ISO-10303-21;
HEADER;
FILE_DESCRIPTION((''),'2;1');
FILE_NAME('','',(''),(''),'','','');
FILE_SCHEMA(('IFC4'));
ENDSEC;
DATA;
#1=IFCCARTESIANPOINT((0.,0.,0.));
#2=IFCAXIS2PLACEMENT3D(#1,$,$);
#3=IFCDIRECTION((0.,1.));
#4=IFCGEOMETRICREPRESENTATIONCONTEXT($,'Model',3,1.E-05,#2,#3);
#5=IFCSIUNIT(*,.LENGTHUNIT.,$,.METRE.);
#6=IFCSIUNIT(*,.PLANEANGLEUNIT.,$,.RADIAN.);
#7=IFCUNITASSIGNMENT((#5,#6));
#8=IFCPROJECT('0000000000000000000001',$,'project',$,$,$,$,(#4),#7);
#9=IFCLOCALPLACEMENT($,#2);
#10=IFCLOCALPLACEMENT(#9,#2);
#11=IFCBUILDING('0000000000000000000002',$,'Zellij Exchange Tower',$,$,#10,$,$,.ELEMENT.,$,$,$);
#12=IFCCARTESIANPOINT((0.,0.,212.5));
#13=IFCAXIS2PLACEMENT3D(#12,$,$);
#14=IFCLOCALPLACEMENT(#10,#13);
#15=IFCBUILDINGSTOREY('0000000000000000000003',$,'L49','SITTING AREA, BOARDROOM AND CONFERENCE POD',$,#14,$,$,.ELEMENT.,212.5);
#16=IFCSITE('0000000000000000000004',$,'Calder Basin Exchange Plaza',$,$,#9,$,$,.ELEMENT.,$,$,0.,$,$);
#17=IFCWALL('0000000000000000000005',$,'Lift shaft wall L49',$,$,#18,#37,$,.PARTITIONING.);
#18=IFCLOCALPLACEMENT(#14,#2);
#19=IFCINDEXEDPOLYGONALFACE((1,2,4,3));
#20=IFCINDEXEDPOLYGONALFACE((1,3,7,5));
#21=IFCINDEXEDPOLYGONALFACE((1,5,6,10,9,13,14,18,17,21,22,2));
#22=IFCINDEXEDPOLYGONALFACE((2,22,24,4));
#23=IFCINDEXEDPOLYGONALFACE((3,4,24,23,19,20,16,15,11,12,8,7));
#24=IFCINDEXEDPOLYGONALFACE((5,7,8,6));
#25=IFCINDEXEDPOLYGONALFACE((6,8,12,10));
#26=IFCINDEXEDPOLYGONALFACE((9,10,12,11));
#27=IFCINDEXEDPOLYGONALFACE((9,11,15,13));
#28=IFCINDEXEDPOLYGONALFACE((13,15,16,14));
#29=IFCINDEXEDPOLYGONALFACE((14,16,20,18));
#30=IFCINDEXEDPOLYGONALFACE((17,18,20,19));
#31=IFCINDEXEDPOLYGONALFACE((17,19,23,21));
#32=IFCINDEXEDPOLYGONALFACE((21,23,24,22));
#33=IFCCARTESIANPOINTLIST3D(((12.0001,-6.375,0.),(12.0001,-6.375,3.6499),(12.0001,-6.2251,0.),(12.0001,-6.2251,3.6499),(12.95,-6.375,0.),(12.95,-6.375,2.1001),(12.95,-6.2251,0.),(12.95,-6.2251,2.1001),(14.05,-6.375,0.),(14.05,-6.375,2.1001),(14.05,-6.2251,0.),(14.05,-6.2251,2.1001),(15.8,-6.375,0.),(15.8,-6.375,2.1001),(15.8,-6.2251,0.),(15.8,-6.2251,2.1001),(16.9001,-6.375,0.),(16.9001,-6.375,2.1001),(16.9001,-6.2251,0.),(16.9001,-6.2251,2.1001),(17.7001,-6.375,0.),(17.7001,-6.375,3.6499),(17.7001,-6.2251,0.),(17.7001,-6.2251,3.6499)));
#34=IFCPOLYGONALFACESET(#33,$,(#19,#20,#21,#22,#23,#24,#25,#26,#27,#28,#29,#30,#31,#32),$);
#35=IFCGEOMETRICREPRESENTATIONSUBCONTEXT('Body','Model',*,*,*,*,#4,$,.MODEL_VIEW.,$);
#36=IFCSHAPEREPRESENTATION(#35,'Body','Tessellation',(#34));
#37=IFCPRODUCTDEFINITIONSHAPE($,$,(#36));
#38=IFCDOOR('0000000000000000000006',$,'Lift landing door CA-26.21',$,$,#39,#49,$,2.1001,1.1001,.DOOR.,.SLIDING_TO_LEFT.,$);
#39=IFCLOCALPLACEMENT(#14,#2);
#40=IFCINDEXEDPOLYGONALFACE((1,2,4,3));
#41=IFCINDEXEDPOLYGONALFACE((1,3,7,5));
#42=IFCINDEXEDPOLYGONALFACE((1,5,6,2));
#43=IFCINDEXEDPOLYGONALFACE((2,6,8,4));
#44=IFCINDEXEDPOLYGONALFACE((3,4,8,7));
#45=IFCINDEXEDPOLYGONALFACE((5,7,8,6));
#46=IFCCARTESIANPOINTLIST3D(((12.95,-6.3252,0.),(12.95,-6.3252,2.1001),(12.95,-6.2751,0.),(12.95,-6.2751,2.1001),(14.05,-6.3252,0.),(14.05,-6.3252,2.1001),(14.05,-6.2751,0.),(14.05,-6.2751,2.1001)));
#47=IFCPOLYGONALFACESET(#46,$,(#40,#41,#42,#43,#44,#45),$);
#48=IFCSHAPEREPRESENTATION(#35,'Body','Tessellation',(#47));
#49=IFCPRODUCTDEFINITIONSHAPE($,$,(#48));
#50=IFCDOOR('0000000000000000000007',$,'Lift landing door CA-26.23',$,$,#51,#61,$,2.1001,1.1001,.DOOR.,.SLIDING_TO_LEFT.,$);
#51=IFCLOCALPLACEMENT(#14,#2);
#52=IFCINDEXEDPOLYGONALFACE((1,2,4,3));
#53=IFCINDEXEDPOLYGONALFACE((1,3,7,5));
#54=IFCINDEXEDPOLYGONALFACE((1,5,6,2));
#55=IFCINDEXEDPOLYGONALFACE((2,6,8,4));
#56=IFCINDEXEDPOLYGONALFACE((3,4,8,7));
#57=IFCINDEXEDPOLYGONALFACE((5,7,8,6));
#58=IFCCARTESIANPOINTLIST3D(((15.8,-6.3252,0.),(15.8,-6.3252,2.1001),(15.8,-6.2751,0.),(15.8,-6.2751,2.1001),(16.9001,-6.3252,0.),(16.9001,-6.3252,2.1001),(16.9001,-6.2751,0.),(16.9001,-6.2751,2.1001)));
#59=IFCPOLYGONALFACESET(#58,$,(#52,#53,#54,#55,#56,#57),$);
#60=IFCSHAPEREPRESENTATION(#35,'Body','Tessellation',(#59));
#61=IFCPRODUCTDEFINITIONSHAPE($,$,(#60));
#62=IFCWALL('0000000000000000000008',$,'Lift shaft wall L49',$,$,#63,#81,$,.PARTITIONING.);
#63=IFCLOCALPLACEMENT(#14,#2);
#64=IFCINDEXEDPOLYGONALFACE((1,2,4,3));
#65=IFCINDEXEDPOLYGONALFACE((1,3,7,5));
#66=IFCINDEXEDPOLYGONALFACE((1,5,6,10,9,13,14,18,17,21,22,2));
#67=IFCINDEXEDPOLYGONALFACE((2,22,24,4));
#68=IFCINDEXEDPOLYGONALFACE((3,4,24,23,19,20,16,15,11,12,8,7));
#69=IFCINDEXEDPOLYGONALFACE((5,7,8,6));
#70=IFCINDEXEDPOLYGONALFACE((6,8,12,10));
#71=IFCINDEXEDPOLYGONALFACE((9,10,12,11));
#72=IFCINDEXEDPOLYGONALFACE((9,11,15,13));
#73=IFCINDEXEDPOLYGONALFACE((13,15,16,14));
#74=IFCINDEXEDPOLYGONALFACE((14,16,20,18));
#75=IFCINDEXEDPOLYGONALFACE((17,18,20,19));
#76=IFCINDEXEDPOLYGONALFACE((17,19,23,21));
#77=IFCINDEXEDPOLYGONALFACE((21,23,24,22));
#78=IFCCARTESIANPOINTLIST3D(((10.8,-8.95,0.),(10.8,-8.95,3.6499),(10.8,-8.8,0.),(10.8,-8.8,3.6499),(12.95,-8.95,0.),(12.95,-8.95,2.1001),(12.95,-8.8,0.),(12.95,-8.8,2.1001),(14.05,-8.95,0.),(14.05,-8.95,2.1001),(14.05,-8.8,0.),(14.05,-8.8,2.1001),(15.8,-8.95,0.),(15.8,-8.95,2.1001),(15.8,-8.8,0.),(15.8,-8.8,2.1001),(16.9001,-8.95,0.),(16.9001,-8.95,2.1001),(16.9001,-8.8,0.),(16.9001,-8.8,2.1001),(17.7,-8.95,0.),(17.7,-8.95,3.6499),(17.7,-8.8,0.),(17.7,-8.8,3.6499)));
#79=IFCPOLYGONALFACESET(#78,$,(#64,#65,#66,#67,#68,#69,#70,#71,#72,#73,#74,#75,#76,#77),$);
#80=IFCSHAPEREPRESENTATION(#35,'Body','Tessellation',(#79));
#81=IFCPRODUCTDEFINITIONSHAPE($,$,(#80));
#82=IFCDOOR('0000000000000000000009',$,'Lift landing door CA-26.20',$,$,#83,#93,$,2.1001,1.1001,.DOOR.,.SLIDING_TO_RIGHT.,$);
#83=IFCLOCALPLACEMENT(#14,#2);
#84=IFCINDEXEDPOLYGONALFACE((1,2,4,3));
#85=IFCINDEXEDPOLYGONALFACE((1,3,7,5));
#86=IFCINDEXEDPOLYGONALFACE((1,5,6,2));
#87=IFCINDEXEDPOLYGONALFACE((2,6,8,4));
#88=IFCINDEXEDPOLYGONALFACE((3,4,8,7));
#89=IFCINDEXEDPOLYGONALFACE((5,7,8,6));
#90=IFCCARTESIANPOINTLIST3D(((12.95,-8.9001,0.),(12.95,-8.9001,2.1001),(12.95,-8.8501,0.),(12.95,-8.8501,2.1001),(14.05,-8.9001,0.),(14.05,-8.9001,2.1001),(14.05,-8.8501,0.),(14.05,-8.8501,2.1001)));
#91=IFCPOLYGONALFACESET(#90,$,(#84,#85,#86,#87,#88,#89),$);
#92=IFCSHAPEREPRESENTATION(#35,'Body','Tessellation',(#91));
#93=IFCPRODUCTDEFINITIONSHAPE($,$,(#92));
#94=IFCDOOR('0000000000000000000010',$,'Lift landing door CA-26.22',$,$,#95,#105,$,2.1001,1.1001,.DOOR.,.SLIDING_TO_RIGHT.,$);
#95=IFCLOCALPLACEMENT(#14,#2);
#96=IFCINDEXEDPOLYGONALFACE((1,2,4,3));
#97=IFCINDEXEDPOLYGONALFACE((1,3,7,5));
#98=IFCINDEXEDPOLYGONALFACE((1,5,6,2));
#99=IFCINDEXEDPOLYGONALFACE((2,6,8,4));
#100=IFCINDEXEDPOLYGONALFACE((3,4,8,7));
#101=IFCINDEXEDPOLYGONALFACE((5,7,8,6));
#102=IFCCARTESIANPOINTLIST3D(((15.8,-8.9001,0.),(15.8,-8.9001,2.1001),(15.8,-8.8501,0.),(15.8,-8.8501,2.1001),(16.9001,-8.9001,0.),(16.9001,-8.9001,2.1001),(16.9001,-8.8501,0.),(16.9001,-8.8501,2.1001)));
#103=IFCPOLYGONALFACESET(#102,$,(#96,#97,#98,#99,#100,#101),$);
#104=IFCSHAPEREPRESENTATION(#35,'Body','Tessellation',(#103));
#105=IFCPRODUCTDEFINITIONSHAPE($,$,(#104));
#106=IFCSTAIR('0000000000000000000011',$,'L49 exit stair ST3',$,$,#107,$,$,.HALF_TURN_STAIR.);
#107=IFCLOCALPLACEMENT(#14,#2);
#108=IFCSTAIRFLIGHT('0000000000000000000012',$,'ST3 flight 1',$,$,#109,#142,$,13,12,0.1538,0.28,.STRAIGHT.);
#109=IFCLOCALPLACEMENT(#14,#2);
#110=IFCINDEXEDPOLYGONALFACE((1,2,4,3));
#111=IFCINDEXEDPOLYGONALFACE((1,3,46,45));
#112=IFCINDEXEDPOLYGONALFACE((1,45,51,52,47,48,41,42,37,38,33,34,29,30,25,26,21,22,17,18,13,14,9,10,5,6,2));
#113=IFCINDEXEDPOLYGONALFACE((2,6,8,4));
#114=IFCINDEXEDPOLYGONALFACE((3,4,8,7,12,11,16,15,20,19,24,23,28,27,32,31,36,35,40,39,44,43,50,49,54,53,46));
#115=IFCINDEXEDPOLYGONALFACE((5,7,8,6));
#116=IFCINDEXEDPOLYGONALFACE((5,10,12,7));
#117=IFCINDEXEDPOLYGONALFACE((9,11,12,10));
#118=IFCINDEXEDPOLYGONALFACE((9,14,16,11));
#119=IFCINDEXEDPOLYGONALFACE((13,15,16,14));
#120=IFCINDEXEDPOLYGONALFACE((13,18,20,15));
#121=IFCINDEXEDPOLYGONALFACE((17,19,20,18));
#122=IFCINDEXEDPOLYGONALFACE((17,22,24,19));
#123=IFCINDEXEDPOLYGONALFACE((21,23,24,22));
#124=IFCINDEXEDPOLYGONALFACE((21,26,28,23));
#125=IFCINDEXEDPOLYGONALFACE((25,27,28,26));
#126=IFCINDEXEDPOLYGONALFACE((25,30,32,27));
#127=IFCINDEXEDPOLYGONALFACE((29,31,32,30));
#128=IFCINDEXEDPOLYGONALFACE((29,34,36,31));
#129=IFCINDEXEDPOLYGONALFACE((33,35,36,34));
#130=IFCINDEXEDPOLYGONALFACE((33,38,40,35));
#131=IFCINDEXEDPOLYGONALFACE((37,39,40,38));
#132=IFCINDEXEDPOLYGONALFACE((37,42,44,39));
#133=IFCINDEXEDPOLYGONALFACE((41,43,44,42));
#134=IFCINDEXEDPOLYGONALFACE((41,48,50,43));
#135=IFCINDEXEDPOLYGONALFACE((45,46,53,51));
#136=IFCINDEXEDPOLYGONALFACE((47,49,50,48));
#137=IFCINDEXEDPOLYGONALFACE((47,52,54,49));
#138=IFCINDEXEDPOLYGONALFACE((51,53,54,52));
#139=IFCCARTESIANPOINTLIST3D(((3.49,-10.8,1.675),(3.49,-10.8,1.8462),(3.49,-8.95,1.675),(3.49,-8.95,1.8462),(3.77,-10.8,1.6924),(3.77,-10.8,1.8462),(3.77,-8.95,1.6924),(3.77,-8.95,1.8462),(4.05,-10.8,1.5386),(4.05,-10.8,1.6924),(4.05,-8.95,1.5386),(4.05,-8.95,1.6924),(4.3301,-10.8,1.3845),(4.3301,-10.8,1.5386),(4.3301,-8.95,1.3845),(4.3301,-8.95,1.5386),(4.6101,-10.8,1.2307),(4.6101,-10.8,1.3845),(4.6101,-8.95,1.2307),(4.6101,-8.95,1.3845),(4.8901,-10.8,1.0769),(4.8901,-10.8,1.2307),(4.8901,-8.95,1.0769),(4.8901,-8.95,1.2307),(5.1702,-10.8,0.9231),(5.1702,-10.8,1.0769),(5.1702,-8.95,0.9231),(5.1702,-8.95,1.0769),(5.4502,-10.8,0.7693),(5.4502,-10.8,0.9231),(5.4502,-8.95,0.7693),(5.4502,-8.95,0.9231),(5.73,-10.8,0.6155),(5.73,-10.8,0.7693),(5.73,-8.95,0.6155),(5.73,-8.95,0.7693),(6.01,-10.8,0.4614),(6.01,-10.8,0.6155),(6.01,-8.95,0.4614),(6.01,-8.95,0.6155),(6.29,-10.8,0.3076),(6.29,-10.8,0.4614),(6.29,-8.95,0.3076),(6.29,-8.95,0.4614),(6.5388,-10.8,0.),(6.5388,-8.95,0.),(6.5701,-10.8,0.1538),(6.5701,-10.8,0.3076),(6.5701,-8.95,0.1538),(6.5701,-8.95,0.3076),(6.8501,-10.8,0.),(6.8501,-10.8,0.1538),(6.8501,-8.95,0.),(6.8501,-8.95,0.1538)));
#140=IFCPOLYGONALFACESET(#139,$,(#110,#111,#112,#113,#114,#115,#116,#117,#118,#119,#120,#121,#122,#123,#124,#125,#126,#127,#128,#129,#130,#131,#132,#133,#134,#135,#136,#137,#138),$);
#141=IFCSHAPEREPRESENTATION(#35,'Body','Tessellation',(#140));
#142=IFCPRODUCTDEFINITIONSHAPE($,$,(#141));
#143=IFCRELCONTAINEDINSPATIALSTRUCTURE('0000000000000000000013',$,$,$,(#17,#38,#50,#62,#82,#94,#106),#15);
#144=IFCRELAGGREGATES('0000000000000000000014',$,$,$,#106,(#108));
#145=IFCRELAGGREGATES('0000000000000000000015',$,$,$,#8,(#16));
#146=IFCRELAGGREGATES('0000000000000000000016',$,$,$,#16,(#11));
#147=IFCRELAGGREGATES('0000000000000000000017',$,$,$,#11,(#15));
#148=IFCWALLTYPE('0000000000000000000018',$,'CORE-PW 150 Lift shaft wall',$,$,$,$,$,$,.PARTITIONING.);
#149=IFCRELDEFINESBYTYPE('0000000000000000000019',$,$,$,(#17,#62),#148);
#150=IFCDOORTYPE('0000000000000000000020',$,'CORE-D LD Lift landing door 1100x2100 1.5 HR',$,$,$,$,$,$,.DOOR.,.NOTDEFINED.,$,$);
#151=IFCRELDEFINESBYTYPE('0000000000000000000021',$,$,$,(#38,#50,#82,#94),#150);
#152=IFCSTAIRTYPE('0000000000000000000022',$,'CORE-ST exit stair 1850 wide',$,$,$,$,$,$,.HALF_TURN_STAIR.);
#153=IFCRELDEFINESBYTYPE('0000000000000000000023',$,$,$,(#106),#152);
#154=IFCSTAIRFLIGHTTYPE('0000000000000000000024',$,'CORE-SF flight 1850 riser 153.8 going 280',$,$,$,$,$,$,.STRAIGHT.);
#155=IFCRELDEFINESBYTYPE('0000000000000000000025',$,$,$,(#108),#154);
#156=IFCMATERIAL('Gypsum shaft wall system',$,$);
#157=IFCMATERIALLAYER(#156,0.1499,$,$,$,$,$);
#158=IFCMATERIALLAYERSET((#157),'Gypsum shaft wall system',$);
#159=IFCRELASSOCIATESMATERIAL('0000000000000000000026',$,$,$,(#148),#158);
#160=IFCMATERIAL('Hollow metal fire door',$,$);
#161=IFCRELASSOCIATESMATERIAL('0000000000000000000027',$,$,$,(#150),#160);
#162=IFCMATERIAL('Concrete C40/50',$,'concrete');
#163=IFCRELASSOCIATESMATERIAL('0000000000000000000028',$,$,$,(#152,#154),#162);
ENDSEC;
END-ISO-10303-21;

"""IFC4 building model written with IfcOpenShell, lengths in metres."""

from ifc_helpers import new_model, si_unit, direction, frame, frame_2d, origin, place, context, subcontext, project, spatial, polyline, rectangle, outline, extrude, material, layer, layer_set, type_object, element, fill, aggregate, save


model = new_model("IFC4")

# Units and contexts
model_context = context("Model", 3, precision=1e-05, world=origin(), true_north=direction((0.0, 1.0)))
body_context = subcontext(model_context, "Body", "Model", "MODEL_VIEW")
ifc_project = project(units=[si_unit("LENGTHUNIT", "METRE"), si_unit("PLANEANGLEUNIT", "RADIAN")], contexts=[model_context])

# Site, building, storey
site_placement = place(None, origin())
site = spatial("IfcSite", under=ifc_project, at=site_placement, Name="Calder Basin Exchange Plaza", CompositionType="ELEMENT", RefElevation=0.0)
building_placement = place(site_placement, origin())
building = spatial("IfcBuilding", under=site, at=building_placement, Name="Zellij Exchange Tower", CompositionType="ELEMENT")
storey_placement = place(building_placement, frame((0.0, 0.0, 212.5)))
storey = spatial("IfcBuildingStorey", under=building, at=storey_placement, Name="L49", Description="SITTING AREA, BOARDROOM AND CONFERENCE POD", CompositionType="ELEMENT", Elevation=212.5)

# Shared definitions
ifc_material_1 = material(Name="Hollow metal fire door")

# Shared definitions
ifc_material_2 = material(Name="Gypsum shaft wall system")
ifc_layer_1 = layer(ifc_material_2, 0.1499)
ifc_layer_set_1 = layer_set([ifc_layer_1], Name="Gypsum shaft wall system")
wall_type_1 = type_object("IfcWallType", Name="CORE-PW 150 Lift shaft wall", PredefinedType="PARTITIONING", material=ifc_layer_set_1)

# Walls, openings, doors
wall_1_placement = place(storey_placement, frame((12.0, -6.3, 0.0), z_axis=(0.0, 0.0, 1.0), x_axis=(1.0, 0.0, 0.0)))
wall_1 = element("IfcWall", 1, at=wall_1_placement, inside=storey, type_object=wall_type_1, Name="Lift shaft wall L49", PredefinedType="PARTITIONING", context=body_context, shape_type="SweptSolid", body=[
    extrude(rectangle(XDim=5.7, YDim=0.1499, at=frame_2d((2.8501, 0.0))), origin(), (0.0, 0.0, 1.0), 3.6499),
])
opening_1_placement = place(wall_1_placement, frame((0.95, 0.0, 0.0)))
opening_1 = element("IfcOpeningElement", 2, at=opening_1_placement, cuts=wall_1, PredefinedType="OPENING", context=body_context, shape_type="SweptSolid", body=[
    extrude(rectangle(XDim=1.1001, YDim=2.1001, at=frame_2d((0.55, 1.05))), frame((0.0, 0.0869, 0.0), z_axis=(0.0, -1.0, 0.0), x_axis=(1.0, 0.0, 0.0)), (0.0, 0.0, 1.0), 0.1738),
])
opening_2_placement = place(wall_1_placement, frame((3.8, 0.0, 0.0)))
opening_2 = element("IfcOpeningElement", 3, at=opening_2_placement, cuts=wall_1, PredefinedType="OPENING", context=body_context, shape_type="SweptSolid", body=[
    extrude(rectangle(XDim=1.1001, YDim=2.1001, at=frame_2d((0.55, 1.05))), frame((0.0, 0.0869, 0.0), z_axis=(0.0, -1.0, 0.0), x_axis=(1.0, 0.0, 0.0)), (0.0, 0.0, 1.0), 0.1738),
])
door_type_1 = type_object("IfcDoorType", Name="CORE-D LD Lift landing door 1100x2100 1.5 HR", OperationType="NOTDEFINED", PredefinedType="DOOR", material=ifc_material_1)
door_1_placement = place(opening_1_placement, origin())
door_1 = element("IfcDoor", 4, at=door_1_placement, inside=storey, type_object=door_type_1, Name="Lift landing door CA-26.21", OperationType="SLIDING_TO_LEFT", OverallHeight=2.1001, OverallWidth=1.1001, PredefinedType="DOOR", context=body_context, shape_type="SweptSolid", body=[
    extrude(rectangle(XDim=1.1001, YDim=2.1001, at=frame_2d((0.55, 1.05))), frame((0.0, 0.0249, 0.0), z_axis=(0.0, -1.0, 0.0), x_axis=(1.0, 0.0, 0.0)), (0.0, 0.0, 1.0), 0.05),
])
fill(opening_1, door_1)
door_2_placement = place(opening_2_placement, origin())
door_2 = element("IfcDoor", 5, at=door_2_placement, inside=storey, type_object=door_type_1, Name="Lift landing door CA-26.23", OperationType="SLIDING_TO_LEFT", OverallHeight=2.1001, OverallWidth=1.1001, PredefinedType="DOOR", context=body_context, shape_type="SweptSolid", body=[
    extrude(rectangle(XDim=1.1001, YDim=2.1001, at=frame_2d((0.55, 1.05))), frame((0.0, 0.0249, 0.0), z_axis=(0.0, -1.0, 0.0), x_axis=(1.0, 0.0, 0.0)), (0.0, 0.0, 1.0), 0.05),
])
fill(opening_2, door_2)
wall_2_placement = place(storey_placement, frame((10.8, -8.875, 0.0), z_axis=(0.0, 0.0, 1.0), x_axis=(1.0, 0.0, 0.0)))
wall_2 = element("IfcWall", 6, at=wall_2_placement, inside=storey, type_object=wall_type_1, Name="Lift shaft wall L49", PredefinedType="PARTITIONING", context=body_context, shape_type="SweptSolid", body=[
    extrude(rectangle(XDim=6.8999, YDim=0.1499, at=frame_2d((3.45, 0.0))), origin(), (0.0, 0.0, 1.0), 3.6499),
])
opening_3_placement = place(wall_2_placement, frame((2.1499, 0.0, 0.0)))
opening_3 = element("IfcOpeningElement", 7, at=opening_3_placement, cuts=wall_2, PredefinedType="OPENING", context=body_context, shape_type="SweptSolid", body=[
    extrude(rectangle(XDim=1.1001, YDim=2.1001, at=frame_2d((0.55, 1.05))), frame((0.0, 0.0869, 0.0), z_axis=(0.0, -1.0, 0.0), x_axis=(1.0, 0.0, 0.0)), (0.0, 0.0, 1.0), 0.1738),
])
opening_4_placement = place(wall_2_placement, frame((5.0, 0.0, 0.0)))
opening_4 = element("IfcOpeningElement", 8, at=opening_4_placement, cuts=wall_2, PredefinedType="OPENING", context=body_context, shape_type="SweptSolid", body=[
    extrude(rectangle(XDim=1.1001, YDim=2.1001, at=frame_2d((0.55, 1.05))), frame((0.0, 0.0869, 0.0), z_axis=(0.0, -1.0, 0.0), x_axis=(1.0, 0.0, 0.0)), (0.0, 0.0, 1.0), 0.1738),
])
door_3_placement = place(opening_3_placement, origin())
door_3 = element("IfcDoor", 9, at=door_3_placement, inside=storey, type_object=door_type_1, Name="Lift landing door CA-26.20", OperationType="SLIDING_TO_RIGHT", OverallHeight=2.1001, OverallWidth=1.1001, PredefinedType="DOOR", context=body_context, shape_type="SweptSolid", body=[
    extrude(rectangle(XDim=1.1001, YDim=2.1001, at=frame_2d((0.55, 1.05))), frame((0.0, 0.0249, 0.0), z_axis=(0.0, -1.0, 0.0), x_axis=(1.0, 0.0, 0.0)), (0.0, 0.0, 1.0), 0.05),
])
fill(opening_3, door_3)
door_4_placement = place(opening_4_placement, origin())
door_4 = element("IfcDoor", 10, at=door_4_placement, inside=storey, type_object=door_type_1, Name="Lift landing door CA-26.22", OperationType="SLIDING_TO_RIGHT", OverallHeight=2.1001, OverallWidth=1.1001, PredefinedType="DOOR", context=body_context, shape_type="SweptSolid", body=[
    extrude(rectangle(XDim=1.1001, YDim=2.1001, at=frame_2d((0.55, 1.05))), frame((0.0, 0.0249, 0.0), z_axis=(0.0, -1.0, 0.0), x_axis=(1.0, 0.0, 0.0)), (0.0, 0.0, 1.0), 0.05),
])
fill(opening_4, door_4)

# Stair, stair flight
ifc_material_3 = material(Name="Concrete C40/50", Category="concrete")
stair_type = type_object("IfcStairType", Name="CORE-ST exit stair 1850 wide", PredefinedType="HALF_TURN_STAIR", material=ifc_material_3)
stair_placement = place(storey_placement, origin())
stair = element("IfcStair", 11, at=stair_placement, inside=storey, type_object=stair_type, Name="L49 exit stair ST3", PredefinedType="HALF_TURN_STAIR")
stair_flight_type = type_object("IfcStairFlightType", Name="CORE-SF flight 1850 riser 153.8 going 280", PredefinedType="STRAIGHT", material=ifc_material_3)
stair_flight_placement = place(storey_placement, frame((6.8501, -9.875, 0.0), z_axis=(0.0, 0.0, 1.0), x_axis=(-1.0, 0.0, 0.0)))
stair_flight = element("IfcStairFlight", 12, at=stair_flight_placement, type_object=stair_flight_type, Name="ST3 flight 1", NumberOfRisers=13, NumberOfTreads=12, PredefinedType="STRAIGHT", RiserHeight=0.1538, TreadLength=0.28, context=body_context, shape_type="SweptSolid", body=[
    extrude(outline(polyline([(0.0, 0.0), (0.0, 0.1538), (0.28, 0.1538), (0.28, 0.3076), (0.5601, 0.3076), (0.5601, 0.4614), (0.8401, 0.4614), (0.8401, 0.6155), (1.1201, 0.6155), (1.1201, 0.7693), (1.3999, 0.7693), (1.3999, 0.9231), (1.6799, 0.9231), (1.6799, 1.0769), (1.96, 1.0769), (1.96, 1.2307), (2.24, 1.2307), (2.24, 1.3845), (2.52, 1.3845), (2.52, 1.5386), (2.8, 1.5386), (2.8, 1.6924), (3.0801, 1.6924), (3.0801, 1.8462), (3.3601, 1.8462), (3.3601, 2.0), (3.3601, 1.675), (0.3113, 0.0), (0.0, 0.0)])), frame((0.0, 0.925, 0.0), z_axis=(0.0, -1.0, 0.0), x_axis=(1.0, 0.0, 0.0)), (0.0, 0.0, 1.0), 1.8501),
])
aggregate(stair, [stair_flight])

save(model, "model.ifc")
